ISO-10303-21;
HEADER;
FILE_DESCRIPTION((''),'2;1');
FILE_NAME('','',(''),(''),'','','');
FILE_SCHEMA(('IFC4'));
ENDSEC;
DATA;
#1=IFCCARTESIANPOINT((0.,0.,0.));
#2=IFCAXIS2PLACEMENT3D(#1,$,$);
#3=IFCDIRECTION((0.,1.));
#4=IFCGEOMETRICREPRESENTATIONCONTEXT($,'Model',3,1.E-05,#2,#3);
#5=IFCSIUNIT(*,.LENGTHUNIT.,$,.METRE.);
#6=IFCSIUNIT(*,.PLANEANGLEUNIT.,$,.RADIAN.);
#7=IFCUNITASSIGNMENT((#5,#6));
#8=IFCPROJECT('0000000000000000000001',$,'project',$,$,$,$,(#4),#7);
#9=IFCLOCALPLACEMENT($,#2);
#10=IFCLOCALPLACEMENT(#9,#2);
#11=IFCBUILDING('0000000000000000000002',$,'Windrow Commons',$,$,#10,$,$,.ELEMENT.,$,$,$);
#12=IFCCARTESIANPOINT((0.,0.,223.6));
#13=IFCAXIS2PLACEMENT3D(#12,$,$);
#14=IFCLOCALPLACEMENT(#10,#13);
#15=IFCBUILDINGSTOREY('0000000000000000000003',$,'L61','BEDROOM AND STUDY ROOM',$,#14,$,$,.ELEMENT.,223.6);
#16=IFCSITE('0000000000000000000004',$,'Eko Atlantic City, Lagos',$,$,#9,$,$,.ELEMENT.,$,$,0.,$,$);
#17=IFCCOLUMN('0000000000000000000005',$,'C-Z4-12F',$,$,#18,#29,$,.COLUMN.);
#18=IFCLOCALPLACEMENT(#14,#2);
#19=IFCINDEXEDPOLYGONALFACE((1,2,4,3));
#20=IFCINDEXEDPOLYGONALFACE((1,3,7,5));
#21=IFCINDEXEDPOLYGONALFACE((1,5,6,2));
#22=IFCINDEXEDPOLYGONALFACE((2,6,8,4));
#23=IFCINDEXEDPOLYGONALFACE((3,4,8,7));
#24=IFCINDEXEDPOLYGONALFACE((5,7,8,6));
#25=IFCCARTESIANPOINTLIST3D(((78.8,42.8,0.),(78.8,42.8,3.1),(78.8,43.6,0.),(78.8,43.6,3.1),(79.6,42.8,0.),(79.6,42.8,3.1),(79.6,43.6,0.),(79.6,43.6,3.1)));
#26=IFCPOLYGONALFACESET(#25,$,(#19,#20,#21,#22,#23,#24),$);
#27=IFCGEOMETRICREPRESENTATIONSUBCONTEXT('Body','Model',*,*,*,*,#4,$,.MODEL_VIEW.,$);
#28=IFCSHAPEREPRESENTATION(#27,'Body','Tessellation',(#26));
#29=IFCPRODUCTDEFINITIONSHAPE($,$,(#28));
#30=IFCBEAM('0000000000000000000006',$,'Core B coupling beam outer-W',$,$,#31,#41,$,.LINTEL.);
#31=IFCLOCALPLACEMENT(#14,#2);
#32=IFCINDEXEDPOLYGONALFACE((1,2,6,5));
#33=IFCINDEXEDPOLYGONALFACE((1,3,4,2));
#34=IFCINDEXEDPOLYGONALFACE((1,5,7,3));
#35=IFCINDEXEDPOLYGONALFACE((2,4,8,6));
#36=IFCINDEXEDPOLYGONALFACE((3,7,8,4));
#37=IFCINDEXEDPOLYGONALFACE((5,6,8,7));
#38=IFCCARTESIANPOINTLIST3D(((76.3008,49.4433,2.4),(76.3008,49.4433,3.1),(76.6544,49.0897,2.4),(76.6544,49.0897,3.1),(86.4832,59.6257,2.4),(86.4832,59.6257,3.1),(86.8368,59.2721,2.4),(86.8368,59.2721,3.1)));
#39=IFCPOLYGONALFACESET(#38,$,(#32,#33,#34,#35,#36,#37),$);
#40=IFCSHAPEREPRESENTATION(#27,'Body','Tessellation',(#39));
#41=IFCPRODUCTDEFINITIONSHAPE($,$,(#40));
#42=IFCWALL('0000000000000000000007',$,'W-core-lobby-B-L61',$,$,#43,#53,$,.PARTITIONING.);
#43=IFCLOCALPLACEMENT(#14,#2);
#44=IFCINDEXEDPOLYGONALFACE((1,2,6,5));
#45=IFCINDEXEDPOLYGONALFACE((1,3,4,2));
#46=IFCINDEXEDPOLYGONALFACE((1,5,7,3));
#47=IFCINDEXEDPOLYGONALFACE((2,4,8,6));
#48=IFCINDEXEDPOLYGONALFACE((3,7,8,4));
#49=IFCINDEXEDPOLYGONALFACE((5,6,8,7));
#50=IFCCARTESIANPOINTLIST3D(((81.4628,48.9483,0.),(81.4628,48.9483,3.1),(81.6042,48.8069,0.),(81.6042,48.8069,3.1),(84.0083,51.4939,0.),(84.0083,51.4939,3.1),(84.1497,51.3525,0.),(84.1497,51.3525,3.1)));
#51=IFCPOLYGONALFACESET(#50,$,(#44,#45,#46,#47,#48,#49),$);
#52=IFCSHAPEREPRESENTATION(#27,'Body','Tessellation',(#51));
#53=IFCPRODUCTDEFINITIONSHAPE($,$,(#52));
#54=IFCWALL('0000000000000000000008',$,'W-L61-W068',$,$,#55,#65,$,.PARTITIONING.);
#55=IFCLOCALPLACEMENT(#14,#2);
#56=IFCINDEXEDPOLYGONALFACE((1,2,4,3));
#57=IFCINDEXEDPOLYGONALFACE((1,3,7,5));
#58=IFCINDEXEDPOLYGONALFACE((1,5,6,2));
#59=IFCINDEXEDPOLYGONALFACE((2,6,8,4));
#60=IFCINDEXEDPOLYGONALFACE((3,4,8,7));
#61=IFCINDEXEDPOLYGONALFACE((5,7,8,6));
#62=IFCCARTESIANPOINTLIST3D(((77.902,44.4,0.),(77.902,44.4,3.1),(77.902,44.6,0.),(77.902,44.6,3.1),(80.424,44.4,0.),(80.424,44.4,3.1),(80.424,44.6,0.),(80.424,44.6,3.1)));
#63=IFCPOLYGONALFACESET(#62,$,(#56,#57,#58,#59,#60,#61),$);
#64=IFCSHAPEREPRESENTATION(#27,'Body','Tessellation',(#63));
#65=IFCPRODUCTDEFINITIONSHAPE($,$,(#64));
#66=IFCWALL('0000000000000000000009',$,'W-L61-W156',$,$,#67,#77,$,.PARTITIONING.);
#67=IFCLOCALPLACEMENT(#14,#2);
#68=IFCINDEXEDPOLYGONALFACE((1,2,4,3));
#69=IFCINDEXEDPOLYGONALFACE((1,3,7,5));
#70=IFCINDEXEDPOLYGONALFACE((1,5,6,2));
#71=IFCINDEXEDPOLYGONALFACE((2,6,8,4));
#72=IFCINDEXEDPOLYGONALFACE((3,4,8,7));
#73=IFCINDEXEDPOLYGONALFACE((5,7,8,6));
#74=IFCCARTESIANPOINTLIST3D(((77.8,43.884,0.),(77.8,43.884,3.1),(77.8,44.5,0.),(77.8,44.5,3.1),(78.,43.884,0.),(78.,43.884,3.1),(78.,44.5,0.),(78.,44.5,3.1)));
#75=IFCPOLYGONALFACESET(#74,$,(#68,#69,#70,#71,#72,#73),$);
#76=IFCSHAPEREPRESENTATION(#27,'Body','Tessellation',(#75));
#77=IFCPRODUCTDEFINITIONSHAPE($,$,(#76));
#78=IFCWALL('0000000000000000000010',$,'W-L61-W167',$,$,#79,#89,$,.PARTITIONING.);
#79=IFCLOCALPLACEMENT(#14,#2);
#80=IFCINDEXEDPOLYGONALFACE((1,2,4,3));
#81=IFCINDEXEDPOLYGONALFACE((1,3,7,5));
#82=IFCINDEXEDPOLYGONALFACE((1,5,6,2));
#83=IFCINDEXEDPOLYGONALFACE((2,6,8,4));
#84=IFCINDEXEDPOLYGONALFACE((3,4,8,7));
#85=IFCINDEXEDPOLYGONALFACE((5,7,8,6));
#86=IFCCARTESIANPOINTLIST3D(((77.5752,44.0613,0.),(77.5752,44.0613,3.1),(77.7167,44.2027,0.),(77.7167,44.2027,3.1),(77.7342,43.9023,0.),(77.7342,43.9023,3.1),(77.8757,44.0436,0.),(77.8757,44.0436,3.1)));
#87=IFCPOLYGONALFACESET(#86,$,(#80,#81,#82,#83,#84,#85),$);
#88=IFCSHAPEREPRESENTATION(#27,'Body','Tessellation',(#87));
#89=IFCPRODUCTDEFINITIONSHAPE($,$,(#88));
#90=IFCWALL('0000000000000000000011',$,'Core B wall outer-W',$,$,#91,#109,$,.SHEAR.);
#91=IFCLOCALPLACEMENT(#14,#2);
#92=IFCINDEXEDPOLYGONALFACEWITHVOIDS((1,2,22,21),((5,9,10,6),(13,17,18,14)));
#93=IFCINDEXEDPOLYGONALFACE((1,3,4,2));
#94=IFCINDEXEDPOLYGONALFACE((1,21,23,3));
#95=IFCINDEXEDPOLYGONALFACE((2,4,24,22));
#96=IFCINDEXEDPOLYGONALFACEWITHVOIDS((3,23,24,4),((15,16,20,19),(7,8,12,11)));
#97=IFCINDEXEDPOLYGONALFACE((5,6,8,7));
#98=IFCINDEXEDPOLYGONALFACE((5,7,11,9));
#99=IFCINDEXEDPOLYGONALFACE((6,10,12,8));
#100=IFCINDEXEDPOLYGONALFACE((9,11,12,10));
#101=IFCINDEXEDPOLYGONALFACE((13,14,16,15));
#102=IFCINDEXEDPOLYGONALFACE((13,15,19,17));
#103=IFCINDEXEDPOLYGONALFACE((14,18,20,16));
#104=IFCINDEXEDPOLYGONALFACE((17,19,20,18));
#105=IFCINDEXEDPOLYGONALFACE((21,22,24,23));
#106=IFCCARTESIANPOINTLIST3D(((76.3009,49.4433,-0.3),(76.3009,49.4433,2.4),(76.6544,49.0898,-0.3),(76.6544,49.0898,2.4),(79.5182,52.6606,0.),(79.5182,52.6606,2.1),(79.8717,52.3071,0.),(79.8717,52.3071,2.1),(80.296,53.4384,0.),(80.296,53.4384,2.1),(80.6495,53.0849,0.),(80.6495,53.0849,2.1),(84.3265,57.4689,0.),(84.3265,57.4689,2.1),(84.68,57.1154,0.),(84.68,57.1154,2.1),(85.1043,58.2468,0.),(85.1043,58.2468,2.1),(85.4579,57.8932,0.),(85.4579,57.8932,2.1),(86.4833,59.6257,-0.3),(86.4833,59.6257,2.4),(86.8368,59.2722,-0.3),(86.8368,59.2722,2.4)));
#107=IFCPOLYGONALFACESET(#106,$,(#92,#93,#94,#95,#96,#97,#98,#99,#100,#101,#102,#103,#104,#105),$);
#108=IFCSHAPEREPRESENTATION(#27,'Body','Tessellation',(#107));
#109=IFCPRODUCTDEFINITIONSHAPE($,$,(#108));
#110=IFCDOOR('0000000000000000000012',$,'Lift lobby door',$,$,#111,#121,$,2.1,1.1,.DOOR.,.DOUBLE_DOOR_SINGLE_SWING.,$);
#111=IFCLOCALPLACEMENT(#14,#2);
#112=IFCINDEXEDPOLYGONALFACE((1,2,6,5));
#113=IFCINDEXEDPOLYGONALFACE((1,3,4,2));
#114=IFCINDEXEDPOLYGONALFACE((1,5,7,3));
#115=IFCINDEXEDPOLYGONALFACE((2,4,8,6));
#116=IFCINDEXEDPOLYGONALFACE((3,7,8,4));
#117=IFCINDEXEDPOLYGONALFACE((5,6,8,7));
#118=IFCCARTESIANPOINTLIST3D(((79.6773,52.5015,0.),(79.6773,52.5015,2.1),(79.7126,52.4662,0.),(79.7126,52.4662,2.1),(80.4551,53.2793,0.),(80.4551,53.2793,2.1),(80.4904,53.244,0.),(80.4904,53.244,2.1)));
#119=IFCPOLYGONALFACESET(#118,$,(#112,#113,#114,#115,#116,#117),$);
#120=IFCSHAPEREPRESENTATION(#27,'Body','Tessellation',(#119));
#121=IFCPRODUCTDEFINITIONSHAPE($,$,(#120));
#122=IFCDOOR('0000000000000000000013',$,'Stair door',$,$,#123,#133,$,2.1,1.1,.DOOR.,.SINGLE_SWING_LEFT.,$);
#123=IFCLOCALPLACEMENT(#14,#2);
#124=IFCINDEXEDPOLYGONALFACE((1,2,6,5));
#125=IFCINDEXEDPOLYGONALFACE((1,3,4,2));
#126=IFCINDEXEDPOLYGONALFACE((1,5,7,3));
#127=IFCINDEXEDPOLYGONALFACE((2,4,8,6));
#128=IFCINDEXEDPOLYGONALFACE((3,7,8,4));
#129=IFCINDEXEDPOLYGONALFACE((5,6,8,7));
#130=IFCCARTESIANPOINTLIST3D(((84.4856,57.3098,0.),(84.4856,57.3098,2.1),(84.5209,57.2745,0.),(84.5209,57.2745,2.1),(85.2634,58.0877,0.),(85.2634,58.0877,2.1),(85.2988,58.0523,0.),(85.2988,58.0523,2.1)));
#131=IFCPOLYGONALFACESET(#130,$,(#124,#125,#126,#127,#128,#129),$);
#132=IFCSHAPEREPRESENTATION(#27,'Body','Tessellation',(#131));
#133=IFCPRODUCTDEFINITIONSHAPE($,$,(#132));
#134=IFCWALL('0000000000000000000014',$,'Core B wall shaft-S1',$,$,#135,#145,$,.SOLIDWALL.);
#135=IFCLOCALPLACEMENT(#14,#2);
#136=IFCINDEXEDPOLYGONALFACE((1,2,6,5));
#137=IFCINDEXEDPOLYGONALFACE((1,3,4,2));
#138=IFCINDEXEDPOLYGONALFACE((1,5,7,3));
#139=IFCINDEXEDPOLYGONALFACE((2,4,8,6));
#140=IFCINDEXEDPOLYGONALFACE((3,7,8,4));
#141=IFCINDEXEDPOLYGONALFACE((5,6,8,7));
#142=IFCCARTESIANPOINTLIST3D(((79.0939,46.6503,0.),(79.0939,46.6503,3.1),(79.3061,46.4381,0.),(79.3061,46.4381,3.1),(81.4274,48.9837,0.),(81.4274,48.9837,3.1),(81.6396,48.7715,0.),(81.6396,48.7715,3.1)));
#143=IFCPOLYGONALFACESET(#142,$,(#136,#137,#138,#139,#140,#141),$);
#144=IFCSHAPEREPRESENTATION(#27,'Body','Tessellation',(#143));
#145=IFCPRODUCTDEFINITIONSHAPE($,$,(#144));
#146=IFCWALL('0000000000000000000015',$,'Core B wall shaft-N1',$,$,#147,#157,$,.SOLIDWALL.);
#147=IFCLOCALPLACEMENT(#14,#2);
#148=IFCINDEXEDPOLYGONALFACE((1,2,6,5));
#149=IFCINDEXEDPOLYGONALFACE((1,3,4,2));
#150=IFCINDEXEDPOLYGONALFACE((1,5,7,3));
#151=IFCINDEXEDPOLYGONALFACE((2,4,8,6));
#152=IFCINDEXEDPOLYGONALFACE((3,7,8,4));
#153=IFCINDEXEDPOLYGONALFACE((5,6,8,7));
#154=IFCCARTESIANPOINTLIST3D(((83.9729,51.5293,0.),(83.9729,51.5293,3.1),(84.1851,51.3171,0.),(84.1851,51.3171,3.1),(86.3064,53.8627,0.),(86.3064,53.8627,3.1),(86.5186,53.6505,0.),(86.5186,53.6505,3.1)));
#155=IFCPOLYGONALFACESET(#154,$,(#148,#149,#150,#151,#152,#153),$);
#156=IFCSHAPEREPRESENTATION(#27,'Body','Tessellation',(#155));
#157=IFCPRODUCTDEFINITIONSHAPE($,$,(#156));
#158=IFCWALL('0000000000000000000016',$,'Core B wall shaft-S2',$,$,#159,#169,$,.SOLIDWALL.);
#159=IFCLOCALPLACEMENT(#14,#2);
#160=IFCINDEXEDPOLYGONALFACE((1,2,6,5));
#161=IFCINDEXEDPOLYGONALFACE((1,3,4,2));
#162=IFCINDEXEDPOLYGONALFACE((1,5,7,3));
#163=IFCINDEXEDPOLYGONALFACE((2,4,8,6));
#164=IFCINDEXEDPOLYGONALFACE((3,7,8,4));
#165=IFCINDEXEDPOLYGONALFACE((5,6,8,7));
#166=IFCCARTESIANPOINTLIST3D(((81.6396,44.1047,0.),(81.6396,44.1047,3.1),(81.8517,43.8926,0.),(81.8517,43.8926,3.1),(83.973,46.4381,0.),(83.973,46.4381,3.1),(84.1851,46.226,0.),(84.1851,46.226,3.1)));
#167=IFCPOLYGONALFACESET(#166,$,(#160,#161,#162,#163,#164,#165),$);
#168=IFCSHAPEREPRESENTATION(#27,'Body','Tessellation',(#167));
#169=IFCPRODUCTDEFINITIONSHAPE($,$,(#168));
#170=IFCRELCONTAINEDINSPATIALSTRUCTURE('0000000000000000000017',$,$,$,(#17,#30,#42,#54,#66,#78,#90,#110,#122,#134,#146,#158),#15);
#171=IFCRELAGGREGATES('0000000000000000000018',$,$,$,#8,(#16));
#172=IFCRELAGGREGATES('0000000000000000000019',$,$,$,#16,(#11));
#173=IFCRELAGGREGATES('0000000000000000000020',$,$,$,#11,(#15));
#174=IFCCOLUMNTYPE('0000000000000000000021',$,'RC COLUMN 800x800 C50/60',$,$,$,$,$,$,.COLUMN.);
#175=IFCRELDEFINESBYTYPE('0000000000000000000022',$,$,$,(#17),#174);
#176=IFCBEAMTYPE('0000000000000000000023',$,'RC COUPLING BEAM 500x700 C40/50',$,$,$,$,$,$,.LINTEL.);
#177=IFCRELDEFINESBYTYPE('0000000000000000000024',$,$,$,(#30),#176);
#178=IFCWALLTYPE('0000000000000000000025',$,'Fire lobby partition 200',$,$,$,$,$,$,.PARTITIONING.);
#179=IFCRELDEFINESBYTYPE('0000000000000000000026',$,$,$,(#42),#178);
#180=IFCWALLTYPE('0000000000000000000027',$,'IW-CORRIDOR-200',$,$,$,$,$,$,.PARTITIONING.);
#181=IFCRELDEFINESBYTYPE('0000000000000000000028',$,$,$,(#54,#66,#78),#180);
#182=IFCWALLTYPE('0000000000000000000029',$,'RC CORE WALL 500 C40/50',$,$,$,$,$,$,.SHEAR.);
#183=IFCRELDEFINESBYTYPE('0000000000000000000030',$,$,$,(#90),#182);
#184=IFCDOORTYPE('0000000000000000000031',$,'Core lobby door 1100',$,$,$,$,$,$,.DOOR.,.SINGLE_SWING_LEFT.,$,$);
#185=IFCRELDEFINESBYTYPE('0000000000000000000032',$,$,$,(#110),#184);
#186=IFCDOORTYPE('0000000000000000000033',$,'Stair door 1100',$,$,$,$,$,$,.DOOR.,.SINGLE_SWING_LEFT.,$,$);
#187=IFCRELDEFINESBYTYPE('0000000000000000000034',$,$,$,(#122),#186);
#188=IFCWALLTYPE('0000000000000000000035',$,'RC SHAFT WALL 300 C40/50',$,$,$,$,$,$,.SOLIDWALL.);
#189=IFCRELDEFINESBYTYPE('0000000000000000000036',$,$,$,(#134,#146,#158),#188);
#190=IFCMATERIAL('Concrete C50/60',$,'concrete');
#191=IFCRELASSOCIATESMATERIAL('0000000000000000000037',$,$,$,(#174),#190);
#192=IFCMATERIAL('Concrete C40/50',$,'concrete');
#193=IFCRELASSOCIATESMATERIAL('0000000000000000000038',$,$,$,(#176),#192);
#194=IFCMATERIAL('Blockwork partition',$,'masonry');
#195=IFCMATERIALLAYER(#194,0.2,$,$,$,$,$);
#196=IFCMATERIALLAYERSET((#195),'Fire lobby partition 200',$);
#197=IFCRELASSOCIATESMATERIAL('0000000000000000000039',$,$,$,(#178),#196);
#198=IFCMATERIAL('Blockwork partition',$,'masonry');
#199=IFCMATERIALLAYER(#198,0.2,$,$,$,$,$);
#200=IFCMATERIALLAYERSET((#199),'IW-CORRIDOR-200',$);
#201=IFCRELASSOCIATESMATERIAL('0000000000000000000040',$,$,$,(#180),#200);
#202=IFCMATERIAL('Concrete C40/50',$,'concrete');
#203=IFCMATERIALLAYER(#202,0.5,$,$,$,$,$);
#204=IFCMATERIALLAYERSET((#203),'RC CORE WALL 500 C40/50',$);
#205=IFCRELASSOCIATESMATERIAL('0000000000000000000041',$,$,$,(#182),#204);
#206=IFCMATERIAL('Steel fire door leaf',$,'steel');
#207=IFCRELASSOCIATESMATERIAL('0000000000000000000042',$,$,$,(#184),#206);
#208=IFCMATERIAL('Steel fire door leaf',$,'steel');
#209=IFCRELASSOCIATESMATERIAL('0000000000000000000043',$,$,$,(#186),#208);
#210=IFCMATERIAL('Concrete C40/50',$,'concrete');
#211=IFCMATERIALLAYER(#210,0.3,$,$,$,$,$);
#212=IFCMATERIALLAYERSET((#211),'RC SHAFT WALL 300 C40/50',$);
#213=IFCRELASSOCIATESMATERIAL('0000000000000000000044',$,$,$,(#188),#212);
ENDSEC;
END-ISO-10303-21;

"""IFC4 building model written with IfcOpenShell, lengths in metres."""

from ifc_helpers import new_model, si_unit, direction, frame, frame_2d, origin, origin_2d, place, context, subcontext, project, spatial, rectangle, extrude, material, layer, layer_set, material_profile, profile_set, type_object, element, fill, save


model = new_model("IFC4")

# Units and contexts
model_context = context("Model", 3, precision=1e-05, world=origin(), true_north=direction((0.0, 1.0)))
body_context = subcontext(model_context, "Body", "Model", "MODEL_VIEW")
ifc_project = project(units=[si_unit("LENGTHUNIT", "METRE"), si_unit("PLANEANGLEUNIT", "RADIAN")], contexts=[model_context])

# Site, building, storey
site_placement = place(None, origin())
site = spatial("IfcSite", under=ifc_project, at=site_placement, Name="Eko Atlantic City, Lagos", CompositionType="ELEMENT", RefElevation=0.0)
building_placement = place(site_placement, origin())
building = spatial("IfcBuilding", under=site, at=building_placement, Name="Windrow Commons", CompositionType="ELEMENT")
storey_placement = place(building_placement, frame((0.0, 0.0, 223.6)))
storey = spatial("IfcBuildingStorey", under=building, at=storey_placement, Name="L61", Description="BEDROOM AND STUDY ROOM", CompositionType="ELEMENT", Elevation=223.6)

# Column
ifc_material_1 = material(Name="Concrete C50/60", Category="concrete")
ifc_material_profile_1 = material_profile(ifc_material_1, rectangle(XDim=0.8, YDim=0.8, at=origin_2d()))
ifc_profile_set_1 = profile_set([ifc_material_profile_1], Name="Concrete C50/60")
column_type = type_object("IfcColumnType", Name="RC COLUMN 800x800 C50/60", PredefinedType="COLUMN", material=ifc_profile_set_1)
column_placement = place(storey_placement, frame((79.2, 43.2, 0.0), z_axis=(0.0, 0.0, 1.0), x_axis=(1.0, 0.0, 0.0)))
element("IfcColumn", 1, at=column_placement, inside=storey, type_object=column_type, Name="C-Z4-12F", PredefinedType="COLUMN", context=body_context, shape_type="SweptSolid", body=[
    extrude(rectangle(XDim=0.8, YDim=0.8, at=origin_2d()), origin(), (0.0, 0.0, 1.0), 3.1),
])

# Beam
ifc_material_2 = material(Name="Concrete C40/50", Category="concrete")
ifc_material_profile_2 = material_profile(ifc_material_2, rectangle(XDim=0.5, YDim=0.7, at=origin_2d()))
ifc_profile_set_2 = profile_set([ifc_material_profile_2], Name="Concrete C40/50")
beam_type = type_object("IfcBeamType", Name="RC COUPLING BEAM 500x700 C40/50", PredefinedType="LINTEL", material=ifc_profile_set_2)
beam_placement = place(storey_placement, frame((76.4776, 49.2665, 2.75), z_axis=(0.707107, 0.707107, 0.0), x_axis=(-0.707107, 0.707107, 0.0)))
element("IfcBeam", 2, at=beam_placement, inside=storey, type_object=beam_type, Name="Core B coupling beam outer-W", PredefinedType="LINTEL", context=body_context, shape_type="SweptSolid", body=[
    extrude(rectangle(XDim=0.5, YDim=0.7, at=origin_2d()), origin(), (0.0, 0.0, 1.0), 14.4001),
])

# Walls
ifc_material_3 = material(Name="Blockwork partition", Category="masonry")
ifc_layer_1 = layer(ifc_material_3, 0.2)
ifc_layer_set_1 = layer_set([ifc_layer_1], Name="Fire lobby partition 200")
wall_type_1 = type_object("IfcWallType", Name="Fire lobby partition 200", PredefinedType="PARTITIONING", material=ifc_layer_set_1)
wall_1_placement = place(storey_placement, frame((81.5335, 48.8776, 0.0), z_axis=(0.0, 0.0, 1.0), x_axis=(0.707093, 0.707121, 0.0)))
element("IfcWall", 3, at=wall_1_placement, inside=storey, type_object=wall_type_1, Name="W-core-lobby-B-L61", PredefinedType="PARTITIONING", context=body_context, shape_type="SweptSolid", body=[
    extrude(rectangle(XDim=3.6, YDim=0.2, at=frame_2d((1.8, 0.0))), origin(), (0.0, 0.0, 1.0), 3.1),
])
ifc_material_4 = material(Name="Blockwork partition", Category="masonry")
ifc_layer_2 = layer(ifc_material_4, 0.2)
ifc_layer_set_2 = layer_set([ifc_layer_2], Name="IW-CORRIDOR-200")
wall_type_2 = type_object("IfcWallType", Name="IW-CORRIDOR-200", PredefinedType="PARTITIONING", material=ifc_layer_set_2)
wall_2_placement = place(storey_placement, frame((77.902, 44.5, 0.0), z_axis=(0.0, 0.0, 1.0), x_axis=(1.0, 0.0, 0.0)))
element("IfcWall", 4, at=wall_2_placement, inside=storey, type_object=wall_type_2, Name="W-L61-W068", PredefinedType="PARTITIONING", context=body_context, shape_type="SweptSolid", body=[
    extrude(rectangle(XDim=2.522, YDim=0.2, at=frame_2d((1.261, 0.0))), origin(), (0.0, 0.0, 1.0), 3.1),
])
wall_3_placement = place(storey_placement, frame((77.9, 43.884, 0.0), z_axis=(0.0, 0.0, 1.0), x_axis=(0.0, 1.0, 0.0)))
element("IfcWall", 5, at=wall_3_placement, inside=storey, type_object=wall_type_2, Name="W-L61-W156", PredefinedType="PARTITIONING", context=body_context, shape_type="SweptSolid", body=[
    extrude(rectangle(XDim=0.616, YDim=0.2, at=frame_2d((0.308, 0.0))), origin(), (0.0, 0.0, 1.0), 3.1),
])
wall_4_placement = place(storey_placement, frame((77.646, 44.132, 0.0), z_axis=(0.0, 0.0, 1.0), x_axis=(0.706884, -0.707329, 0.0)))
element("IfcWall", 6, at=wall_4_placement, inside=storey, type_object=wall_type_2, Name="W-L61-W167", PredefinedType="PARTITIONING", context=body_context, shape_type="SweptSolid", body=[
    extrude(rectangle(XDim=0.2249, YDim=0.2, at=frame_2d((0.1124, 0.0))), origin(), (0.0, 0.0, 1.0), 3.1),
])

# Wall, openings, doors
ifc_material_5 = material(Name="Concrete C40/50", Category="concrete")
ifc_layer_3 = layer(ifc_material_5, 0.5)
ifc_layer_set_3 = layer_set([ifc_layer_3], Name="RC CORE WALL 500 C40/50")
wall_type_3 = type_object("IfcWallType", Name="RC CORE WALL 500 C40/50", PredefinedType="SHEAR", material=ifc_layer_set_3)
wall_5_placement = place(storey_placement, frame((76.4776, 49.2665, -0.3), z_axis=(0.0, 0.0, 1.0), x_axis=(0.707107, 0.707107, 0.0)))
wall_5 = element("IfcWall", 7, at=wall_5_placement, inside=storey, type_object=wall_type_3, Name="Core B wall outer-W", PredefinedType="SHEAR", context=body_context, shape_type="SweptSolid", body=[
    extrude(rectangle(XDim=14.4001, YDim=0.5, at=frame_2d((7.2001, 0.0))), origin(), (0.0, 0.0, 1.0), 2.7),
])
opening_1_placement = place(wall_5_placement, frame((4.55, 0.0, 0.3)))
opening_1 = element("IfcOpeningElement", 8, at=opening_1_placement, cuts=wall_5, PredefinedType="OPENING", context=body_context, shape_type="SweptSolid", body=[
    extrude(rectangle(XDim=1.1, YDim=2.1, at=frame_2d((0.55, 1.05))), frame((0.0, 0.26, 0.0), z_axis=(0.0, -1.0, 0.0), x_axis=(1.0, 0.0, 0.0)), (0.0, 0.0, 1.0), 0.52),
])
opening_2_placement = place(wall_5_placement, frame((11.35, 0.0, 0.3)))
opening_2 = element("IfcOpeningElement", 9, at=opening_2_placement, cuts=wall_5, PredefinedType="OPENING", context=body_context, shape_type="SweptSolid", body=[
    extrude(rectangle(XDim=1.1, YDim=2.1, at=frame_2d((0.55, 1.05))), frame((0.0, 0.26, 0.0), z_axis=(0.0, -1.0, 0.0), x_axis=(1.0, 0.0, 0.0)), (0.0, 0.0, 1.0), 0.52),
])
ifc_material_6 = material(Name="Steel fire door leaf", Category="steel")
door_type_1 = type_object("IfcDoorType", Name="Core lobby door 1100", OperationType="SINGLE_SWING_LEFT", PredefinedType="DOOR", material=ifc_material_6)
door_1_placement = place(opening_1_placement, origin())
door_1 = element("IfcDoor", 10, at=door_1_placement, inside=storey, type_object=door_type_1, Name="Lift lobby door", OperationType="DOUBLE_DOOR_SINGLE_SWING", OverallHeight=2.1, OverallWidth=1.1, PredefinedType="DOOR", context=body_context, shape_type="SweptSolid", body=[
    extrude(rectangle(XDim=1.1, YDim=2.1, at=frame_2d((0.55, 1.05))), frame((0.0, 0.025, 0.0), z_axis=(0.0, -1.0, 0.0), x_axis=(1.0, 0.0, 0.0)), (0.0, 0.0, 1.0), 0.05),
])
fill(opening_1, door_1)
ifc_material_7 = material(Name="Steel fire door leaf", Category="steel")
door_type_2 = type_object("IfcDoorType", Name="Stair door 1100", OperationType="SINGLE_SWING_LEFT", PredefinedType="DOOR", material=ifc_material_7)
door_2_placement = place(opening_2_placement, origin())
door_2 = element("IfcDoor", 11, at=door_2_placement, inside=storey, type_object=door_type_2, Name="Stair door", OperationType="SINGLE_SWING_LEFT", OverallHeight=2.1, OverallWidth=1.1, PredefinedType="DOOR", context=body_context, shape_type="SweptSolid", body=[
    extrude(rectangle(XDim=1.1, YDim=2.1, at=frame_2d((0.55, 1.05))), frame((0.0, 0.025, 0.0), z_axis=(0.0, -1.0, 0.0), x_axis=(1.0, 0.0, 0.0)), (0.0, 0.0, 1.0), 0.05),
])
fill(opening_2, door_2)

# Walls
ifc_material_8 = material(Name="Concrete C40/50", Category="concrete")
ifc_layer_4 = layer(ifc_material_8, 0.3)
ifc_layer_set_4 = layer_set([ifc_layer_4], Name="RC SHAFT WALL 300 C40/50")
wall_type_4 = type_object("IfcWallType", Name="RC SHAFT WALL 300 C40/50", PredefinedType="SOLIDWALL", material=ifc_layer_set_4)
for number, where, z_axis, x_axis, name in (
    (12, (79.2, 46.5442, 0.0), (0.0, 0.0, 1.0), (0.707122, 0.707092, 0.0), "Core B wall shaft-S1"),
    (13, (84.079, 51.4232, 0.0), (0.0, 0.0, 1.0), (0.707122, 0.707092, 0.0), "Core B wall shaft-N1"),
):
    element("IfcWall", number, at=place(storey_placement, frame(where, z_axis=z_axis, x_axis=x_axis)), inside=storey, type_object=wall_type_4, Name=name, PredefinedType="SOLIDWALL", context=body_context, shape_type="SweptSolid", body=[
        extrude(rectangle(XDim=3.3, YDim=0.3, at=frame_2d((1.65, 0.0))), origin(), (0.0, 0.0, 1.0), 3.1),
    ])
wall_6_placement = place(storey_placement, frame((81.7456, 43.9986, 0.0), z_axis=(0.0, 0.0, 1.0), x_axis=(0.707107, 0.707107, 0.0)))
element("IfcWall", 14, at=wall_6_placement, inside=storey, type_object=wall_type_4, Name="Core B wall shaft-S2", PredefinedType="SOLIDWALL", context=body_context, shape_type="SweptSolid", body=[
    extrude(rectangle(XDim=3.2999, YDim=0.3, at=frame_2d((1.65, 0.0))), origin(), (0.0, 0.0, 1.0), 3.1),
])

save(model, "model.ifc")
